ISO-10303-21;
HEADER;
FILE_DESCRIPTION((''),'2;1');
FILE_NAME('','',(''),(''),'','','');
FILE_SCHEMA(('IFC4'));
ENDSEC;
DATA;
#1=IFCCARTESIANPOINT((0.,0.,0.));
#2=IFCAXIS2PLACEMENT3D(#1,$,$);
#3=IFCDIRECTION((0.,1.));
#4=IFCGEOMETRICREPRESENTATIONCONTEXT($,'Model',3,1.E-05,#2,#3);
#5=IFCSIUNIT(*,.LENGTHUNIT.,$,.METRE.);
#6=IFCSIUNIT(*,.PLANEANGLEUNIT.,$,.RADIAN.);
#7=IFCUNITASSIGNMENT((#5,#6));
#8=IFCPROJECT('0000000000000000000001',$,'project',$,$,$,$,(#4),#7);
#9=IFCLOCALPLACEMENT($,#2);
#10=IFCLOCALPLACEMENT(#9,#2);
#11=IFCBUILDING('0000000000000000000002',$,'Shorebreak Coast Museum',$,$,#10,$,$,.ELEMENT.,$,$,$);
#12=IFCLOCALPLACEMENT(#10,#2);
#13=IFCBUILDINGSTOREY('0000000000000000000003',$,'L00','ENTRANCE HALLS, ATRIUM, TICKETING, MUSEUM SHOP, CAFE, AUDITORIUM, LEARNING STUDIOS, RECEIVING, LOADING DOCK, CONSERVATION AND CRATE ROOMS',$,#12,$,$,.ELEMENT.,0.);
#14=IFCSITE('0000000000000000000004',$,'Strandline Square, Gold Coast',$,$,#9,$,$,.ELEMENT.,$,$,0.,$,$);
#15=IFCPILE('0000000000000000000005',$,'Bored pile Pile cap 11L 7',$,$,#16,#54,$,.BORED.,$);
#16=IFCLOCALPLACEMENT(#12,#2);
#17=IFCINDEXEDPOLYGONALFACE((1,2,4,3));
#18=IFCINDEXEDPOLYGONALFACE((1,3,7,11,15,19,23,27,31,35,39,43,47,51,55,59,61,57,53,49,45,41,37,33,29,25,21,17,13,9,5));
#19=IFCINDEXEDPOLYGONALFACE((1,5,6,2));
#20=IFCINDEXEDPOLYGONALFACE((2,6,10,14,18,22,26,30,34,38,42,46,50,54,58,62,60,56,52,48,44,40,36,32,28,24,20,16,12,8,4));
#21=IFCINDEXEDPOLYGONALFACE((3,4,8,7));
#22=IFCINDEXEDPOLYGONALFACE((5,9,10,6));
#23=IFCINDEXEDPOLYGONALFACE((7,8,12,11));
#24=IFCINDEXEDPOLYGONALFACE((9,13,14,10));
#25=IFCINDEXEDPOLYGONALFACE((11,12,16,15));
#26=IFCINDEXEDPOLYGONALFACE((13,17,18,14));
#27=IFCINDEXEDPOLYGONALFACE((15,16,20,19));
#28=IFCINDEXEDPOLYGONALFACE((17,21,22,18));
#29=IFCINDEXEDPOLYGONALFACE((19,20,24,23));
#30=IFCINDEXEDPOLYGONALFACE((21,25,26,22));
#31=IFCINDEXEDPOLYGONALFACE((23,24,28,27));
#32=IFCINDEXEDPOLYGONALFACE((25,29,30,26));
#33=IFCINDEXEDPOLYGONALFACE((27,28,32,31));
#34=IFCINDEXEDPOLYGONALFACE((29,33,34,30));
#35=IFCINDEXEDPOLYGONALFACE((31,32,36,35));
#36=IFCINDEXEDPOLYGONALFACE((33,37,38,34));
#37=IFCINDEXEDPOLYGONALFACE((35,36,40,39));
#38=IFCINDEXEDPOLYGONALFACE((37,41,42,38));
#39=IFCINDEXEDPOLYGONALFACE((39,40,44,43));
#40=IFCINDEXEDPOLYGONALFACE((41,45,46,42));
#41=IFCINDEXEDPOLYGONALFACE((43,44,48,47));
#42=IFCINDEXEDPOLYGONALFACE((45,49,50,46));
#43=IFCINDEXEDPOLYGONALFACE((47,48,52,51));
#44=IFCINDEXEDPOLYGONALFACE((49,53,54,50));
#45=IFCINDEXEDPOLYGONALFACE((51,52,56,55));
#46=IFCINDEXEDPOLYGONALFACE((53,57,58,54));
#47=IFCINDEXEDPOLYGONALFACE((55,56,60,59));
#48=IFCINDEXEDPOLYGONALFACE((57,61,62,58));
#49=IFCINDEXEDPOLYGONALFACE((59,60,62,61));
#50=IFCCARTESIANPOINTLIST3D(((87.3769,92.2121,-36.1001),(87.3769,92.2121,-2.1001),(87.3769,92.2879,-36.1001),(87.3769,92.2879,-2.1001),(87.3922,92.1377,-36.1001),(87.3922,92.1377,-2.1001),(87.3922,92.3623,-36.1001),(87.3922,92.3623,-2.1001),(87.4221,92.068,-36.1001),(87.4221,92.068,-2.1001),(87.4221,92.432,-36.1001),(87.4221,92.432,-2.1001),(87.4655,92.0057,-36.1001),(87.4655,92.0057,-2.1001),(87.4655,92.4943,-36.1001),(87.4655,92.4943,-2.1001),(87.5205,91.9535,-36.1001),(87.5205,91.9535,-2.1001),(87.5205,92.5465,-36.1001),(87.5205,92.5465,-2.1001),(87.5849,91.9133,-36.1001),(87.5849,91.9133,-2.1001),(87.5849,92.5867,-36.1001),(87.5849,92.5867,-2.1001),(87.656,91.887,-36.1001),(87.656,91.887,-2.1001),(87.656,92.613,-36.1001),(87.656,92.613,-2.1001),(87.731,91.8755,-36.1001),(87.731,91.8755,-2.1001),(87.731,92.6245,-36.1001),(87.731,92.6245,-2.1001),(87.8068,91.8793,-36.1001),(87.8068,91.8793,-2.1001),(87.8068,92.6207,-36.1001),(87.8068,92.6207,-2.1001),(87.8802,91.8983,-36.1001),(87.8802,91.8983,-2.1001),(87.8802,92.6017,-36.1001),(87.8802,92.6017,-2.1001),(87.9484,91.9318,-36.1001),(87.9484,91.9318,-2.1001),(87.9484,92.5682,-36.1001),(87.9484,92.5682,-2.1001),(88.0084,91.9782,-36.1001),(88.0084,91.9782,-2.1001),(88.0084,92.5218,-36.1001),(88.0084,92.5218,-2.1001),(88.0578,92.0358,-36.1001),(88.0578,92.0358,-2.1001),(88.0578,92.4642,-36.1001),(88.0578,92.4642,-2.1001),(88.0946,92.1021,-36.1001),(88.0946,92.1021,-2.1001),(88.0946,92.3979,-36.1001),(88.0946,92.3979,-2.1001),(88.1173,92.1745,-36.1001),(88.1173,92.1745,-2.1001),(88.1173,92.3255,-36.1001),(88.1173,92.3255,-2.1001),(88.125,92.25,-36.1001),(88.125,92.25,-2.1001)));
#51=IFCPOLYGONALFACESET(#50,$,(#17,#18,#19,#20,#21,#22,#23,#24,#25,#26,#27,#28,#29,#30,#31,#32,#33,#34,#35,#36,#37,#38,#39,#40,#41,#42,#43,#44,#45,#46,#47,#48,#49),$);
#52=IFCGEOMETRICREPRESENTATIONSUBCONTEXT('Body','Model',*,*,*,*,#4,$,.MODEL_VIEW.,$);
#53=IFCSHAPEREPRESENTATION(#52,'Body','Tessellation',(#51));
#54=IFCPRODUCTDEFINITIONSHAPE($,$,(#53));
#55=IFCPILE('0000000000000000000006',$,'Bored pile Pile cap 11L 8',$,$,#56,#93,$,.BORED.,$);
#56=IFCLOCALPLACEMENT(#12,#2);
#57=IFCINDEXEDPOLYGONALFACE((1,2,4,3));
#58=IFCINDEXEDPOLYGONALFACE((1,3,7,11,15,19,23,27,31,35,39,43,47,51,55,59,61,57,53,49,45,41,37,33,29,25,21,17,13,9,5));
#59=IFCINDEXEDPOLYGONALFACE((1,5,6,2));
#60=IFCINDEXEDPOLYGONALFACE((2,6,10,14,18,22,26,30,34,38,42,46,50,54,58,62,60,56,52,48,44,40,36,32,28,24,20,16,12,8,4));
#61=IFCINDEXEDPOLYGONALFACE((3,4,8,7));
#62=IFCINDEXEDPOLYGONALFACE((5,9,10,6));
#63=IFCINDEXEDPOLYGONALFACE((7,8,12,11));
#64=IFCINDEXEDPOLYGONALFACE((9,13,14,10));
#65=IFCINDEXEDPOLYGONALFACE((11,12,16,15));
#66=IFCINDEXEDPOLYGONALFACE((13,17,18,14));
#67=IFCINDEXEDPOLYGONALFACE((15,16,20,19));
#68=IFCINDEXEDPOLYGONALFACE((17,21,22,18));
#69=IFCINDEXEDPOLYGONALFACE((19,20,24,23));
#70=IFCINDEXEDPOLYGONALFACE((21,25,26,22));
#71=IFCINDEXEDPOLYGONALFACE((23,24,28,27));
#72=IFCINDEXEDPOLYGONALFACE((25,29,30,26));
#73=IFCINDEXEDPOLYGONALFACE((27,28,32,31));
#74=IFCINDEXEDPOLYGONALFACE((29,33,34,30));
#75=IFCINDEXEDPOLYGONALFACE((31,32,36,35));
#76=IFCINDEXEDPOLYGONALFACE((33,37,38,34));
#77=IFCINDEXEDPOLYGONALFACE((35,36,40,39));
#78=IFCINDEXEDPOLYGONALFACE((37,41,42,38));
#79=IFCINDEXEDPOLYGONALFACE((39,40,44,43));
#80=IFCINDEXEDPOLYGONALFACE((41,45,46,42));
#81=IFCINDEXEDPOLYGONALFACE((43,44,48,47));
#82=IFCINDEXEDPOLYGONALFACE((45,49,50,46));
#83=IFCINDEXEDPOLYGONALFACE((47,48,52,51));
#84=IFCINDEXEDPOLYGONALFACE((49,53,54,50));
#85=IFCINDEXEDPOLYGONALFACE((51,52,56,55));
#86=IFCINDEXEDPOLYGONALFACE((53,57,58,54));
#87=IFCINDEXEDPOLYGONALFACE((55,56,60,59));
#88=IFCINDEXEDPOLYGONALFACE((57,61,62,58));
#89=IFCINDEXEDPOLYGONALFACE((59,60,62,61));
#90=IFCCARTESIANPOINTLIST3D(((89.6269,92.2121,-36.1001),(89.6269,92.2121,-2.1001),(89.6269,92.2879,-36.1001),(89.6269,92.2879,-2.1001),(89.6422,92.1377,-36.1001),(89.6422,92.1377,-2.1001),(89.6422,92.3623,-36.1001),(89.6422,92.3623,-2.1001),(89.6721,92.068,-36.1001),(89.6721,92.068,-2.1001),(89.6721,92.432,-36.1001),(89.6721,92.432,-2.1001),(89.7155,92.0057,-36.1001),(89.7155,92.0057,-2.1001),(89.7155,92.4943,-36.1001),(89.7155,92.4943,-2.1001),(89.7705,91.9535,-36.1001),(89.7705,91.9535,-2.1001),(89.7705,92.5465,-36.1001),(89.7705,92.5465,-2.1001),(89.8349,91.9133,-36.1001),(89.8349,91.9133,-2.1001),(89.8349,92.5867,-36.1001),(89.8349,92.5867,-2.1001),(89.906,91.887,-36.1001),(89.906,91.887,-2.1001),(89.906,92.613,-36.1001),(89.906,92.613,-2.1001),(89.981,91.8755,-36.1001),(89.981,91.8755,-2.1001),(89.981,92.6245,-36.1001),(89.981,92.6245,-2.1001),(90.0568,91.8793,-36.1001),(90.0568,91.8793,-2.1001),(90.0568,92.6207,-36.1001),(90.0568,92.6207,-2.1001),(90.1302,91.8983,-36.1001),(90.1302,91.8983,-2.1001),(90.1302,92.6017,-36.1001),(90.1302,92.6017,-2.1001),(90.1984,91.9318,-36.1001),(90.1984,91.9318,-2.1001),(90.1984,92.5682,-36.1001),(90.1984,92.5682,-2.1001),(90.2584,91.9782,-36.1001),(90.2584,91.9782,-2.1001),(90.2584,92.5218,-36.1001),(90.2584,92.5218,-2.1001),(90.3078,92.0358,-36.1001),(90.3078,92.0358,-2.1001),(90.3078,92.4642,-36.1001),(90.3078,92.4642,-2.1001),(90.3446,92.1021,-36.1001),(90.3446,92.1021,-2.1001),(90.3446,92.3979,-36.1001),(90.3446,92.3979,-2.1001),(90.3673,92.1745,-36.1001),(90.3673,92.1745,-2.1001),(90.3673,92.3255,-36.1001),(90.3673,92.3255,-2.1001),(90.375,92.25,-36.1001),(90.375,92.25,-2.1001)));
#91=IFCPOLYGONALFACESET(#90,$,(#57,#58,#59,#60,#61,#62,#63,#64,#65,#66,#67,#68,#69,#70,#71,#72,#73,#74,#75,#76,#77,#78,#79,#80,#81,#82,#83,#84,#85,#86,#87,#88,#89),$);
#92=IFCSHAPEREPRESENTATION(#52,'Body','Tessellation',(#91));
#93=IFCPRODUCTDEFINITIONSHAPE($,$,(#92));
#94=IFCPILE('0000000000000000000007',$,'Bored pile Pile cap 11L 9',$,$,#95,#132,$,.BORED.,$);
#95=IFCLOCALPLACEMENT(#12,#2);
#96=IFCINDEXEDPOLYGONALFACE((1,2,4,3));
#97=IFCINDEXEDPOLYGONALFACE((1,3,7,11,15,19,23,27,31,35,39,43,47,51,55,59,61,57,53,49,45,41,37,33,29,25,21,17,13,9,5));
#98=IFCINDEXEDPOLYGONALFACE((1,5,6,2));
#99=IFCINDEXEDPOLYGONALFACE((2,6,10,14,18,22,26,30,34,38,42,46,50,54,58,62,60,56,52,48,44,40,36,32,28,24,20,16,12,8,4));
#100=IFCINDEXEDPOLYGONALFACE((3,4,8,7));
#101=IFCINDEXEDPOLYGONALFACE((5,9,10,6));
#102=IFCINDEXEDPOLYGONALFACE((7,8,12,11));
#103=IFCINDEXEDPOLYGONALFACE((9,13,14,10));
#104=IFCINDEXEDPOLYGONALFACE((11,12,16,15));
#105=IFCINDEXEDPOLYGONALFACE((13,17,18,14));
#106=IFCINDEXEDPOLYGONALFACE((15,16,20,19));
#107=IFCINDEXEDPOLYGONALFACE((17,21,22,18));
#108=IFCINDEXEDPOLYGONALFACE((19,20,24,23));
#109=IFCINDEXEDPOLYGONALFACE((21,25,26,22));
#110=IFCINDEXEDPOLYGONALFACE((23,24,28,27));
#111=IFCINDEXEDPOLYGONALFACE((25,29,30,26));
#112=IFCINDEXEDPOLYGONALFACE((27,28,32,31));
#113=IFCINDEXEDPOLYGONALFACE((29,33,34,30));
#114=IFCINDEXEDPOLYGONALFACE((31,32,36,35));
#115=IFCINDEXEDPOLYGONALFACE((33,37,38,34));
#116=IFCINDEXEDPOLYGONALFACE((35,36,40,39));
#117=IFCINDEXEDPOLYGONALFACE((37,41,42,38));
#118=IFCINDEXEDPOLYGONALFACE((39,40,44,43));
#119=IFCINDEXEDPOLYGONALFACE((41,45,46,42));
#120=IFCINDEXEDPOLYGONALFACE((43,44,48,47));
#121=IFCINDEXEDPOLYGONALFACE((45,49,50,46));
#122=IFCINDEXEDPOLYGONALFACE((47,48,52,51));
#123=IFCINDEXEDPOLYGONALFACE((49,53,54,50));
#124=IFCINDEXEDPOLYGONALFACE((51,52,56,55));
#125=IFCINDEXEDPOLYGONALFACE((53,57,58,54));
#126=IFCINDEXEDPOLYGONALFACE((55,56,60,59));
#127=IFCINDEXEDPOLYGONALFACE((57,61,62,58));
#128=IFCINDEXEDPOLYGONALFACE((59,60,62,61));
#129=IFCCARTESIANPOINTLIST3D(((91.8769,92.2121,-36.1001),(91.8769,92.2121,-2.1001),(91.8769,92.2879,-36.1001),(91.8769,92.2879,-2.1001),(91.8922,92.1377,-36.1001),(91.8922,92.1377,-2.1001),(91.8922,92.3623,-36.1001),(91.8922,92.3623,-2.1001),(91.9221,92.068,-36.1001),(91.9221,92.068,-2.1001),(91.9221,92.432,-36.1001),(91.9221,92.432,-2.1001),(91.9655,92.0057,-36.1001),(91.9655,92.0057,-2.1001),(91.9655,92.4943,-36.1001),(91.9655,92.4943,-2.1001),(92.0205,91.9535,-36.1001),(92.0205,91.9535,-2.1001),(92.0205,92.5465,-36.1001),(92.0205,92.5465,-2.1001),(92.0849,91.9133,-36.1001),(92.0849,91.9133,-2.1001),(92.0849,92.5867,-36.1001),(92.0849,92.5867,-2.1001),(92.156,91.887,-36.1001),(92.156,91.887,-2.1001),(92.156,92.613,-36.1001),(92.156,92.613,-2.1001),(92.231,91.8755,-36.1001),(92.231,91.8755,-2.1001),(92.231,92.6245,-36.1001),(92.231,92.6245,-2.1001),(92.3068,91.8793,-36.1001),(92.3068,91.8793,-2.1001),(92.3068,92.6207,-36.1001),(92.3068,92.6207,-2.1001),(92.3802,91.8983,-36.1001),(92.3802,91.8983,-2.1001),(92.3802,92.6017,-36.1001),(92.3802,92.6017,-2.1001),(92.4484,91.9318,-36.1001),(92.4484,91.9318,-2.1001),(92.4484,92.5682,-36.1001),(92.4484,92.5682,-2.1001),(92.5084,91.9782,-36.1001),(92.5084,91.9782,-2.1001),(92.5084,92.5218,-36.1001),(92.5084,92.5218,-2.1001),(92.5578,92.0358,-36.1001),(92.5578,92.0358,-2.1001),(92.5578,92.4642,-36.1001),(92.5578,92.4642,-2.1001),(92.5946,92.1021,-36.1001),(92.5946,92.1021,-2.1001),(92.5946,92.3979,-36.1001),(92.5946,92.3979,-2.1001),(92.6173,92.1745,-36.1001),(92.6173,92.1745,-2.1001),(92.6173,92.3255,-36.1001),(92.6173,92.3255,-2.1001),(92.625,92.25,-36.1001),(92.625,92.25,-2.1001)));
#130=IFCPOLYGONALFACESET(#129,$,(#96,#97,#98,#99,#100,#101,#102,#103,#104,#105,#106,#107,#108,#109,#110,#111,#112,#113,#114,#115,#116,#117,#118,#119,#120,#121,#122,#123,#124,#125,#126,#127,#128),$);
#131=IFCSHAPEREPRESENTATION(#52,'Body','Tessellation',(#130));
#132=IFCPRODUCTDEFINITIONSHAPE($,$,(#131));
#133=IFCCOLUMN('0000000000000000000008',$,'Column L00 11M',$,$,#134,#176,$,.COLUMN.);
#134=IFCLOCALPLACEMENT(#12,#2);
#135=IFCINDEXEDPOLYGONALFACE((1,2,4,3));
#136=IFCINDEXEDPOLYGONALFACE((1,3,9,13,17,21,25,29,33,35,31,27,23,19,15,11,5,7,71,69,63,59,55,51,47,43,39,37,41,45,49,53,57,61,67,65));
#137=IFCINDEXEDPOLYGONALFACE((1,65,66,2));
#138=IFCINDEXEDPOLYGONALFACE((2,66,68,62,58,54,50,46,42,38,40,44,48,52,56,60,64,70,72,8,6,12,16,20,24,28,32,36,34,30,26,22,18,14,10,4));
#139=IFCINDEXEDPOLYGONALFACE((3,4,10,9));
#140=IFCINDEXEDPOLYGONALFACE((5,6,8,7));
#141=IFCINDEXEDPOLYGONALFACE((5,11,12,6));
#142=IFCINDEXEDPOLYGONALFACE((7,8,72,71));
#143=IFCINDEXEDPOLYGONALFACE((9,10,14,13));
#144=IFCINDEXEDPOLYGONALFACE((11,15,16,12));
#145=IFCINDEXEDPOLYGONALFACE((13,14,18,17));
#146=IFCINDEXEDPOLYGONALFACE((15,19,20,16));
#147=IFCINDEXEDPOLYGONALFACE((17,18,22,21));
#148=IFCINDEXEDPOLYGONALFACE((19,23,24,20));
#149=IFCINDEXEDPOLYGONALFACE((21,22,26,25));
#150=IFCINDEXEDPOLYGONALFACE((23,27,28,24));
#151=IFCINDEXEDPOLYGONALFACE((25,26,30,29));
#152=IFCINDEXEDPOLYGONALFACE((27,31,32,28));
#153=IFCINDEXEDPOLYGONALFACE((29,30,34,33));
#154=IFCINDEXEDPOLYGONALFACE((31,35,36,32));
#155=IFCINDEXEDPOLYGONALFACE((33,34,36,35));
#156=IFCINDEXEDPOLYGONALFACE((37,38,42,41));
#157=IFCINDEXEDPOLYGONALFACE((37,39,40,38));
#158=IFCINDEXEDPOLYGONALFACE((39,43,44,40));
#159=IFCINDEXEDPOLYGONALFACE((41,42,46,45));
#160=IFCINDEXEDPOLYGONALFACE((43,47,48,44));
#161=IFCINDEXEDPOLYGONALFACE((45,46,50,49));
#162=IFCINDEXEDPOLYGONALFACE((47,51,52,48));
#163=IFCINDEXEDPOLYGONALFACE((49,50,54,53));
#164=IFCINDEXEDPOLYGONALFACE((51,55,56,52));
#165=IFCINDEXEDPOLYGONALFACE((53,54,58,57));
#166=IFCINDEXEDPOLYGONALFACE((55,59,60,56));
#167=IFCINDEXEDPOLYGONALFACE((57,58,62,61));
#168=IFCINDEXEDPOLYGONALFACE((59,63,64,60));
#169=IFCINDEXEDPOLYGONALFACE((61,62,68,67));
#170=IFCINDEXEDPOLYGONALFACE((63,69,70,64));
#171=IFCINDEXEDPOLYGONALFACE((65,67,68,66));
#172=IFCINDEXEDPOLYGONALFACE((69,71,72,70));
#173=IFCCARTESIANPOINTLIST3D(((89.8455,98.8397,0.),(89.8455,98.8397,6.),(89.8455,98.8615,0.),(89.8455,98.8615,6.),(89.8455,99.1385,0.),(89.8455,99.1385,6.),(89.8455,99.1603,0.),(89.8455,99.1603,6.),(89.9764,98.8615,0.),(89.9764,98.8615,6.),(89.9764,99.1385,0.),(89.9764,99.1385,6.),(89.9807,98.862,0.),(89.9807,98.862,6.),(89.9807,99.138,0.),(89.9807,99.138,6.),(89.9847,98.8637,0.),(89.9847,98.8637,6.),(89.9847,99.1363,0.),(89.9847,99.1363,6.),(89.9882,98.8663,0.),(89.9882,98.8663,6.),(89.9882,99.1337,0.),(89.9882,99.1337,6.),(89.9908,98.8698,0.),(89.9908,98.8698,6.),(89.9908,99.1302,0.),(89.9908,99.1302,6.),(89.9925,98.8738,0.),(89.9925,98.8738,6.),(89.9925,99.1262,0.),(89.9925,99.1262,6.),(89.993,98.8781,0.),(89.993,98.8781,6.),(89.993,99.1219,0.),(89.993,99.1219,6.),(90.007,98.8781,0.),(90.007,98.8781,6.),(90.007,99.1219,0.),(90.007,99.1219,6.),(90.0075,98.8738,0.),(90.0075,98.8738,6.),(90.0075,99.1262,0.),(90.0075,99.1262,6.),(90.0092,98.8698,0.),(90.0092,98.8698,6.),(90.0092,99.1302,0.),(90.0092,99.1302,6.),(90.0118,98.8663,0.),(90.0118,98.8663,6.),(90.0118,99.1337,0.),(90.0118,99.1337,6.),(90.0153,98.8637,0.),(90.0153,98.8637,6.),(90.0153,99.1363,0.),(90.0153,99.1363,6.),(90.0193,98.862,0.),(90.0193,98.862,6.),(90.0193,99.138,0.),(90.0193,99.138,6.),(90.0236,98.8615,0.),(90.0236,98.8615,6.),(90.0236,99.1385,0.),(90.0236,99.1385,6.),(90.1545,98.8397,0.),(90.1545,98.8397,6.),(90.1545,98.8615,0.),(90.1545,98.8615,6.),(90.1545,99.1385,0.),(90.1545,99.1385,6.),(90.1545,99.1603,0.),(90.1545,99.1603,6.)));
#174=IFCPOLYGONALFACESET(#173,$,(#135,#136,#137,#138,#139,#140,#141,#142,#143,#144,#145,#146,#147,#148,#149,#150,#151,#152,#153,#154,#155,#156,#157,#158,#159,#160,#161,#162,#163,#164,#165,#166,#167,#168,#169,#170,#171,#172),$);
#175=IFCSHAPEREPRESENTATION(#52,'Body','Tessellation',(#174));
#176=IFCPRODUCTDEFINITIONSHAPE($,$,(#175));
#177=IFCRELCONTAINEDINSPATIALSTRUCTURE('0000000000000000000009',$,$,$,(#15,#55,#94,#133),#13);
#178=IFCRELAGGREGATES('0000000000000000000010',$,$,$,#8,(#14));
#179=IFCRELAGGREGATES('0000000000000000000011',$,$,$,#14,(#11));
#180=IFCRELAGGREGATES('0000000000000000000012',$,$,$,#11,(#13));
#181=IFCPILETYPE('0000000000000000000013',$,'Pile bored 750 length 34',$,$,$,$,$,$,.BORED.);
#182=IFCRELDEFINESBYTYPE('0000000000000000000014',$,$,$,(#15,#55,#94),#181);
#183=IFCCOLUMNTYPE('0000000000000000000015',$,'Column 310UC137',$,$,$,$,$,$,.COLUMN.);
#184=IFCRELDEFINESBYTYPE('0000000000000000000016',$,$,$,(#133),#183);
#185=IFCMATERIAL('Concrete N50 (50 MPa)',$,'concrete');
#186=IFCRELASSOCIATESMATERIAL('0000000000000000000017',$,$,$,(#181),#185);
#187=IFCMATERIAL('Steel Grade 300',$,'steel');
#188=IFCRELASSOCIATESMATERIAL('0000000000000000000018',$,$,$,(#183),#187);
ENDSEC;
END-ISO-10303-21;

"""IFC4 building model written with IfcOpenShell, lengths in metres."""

from ifc_helpers import new_model, si_unit, direction, frame, origin, origin_2d, place, context, subcontext, project, spatial, circle, i_section, extrude, material, material_profile, profile_set, type_object, element, save


model = new_model("IFC4")

# Units and contexts
model_context = context("Model", 3, precision=1e-05, world=origin(), true_north=direction((0.0, 1.0)))
body_context = subcontext(model_context, "Body", "Model", "MODEL_VIEW")
ifc_project = project(units=[si_unit("LENGTHUNIT", "METRE"), si_unit("PLANEANGLEUNIT", "RADIAN")], contexts=[model_context])

# Site, building, storey
site_placement = place(None, origin())
site = spatial("IfcSite", under=ifc_project, at=site_placement, Name="Strandline Square, Gold Coast", CompositionType="ELEMENT", RefElevation=0.0)
building_placement = place(site_placement, origin())
building = spatial("IfcBuilding", under=site, at=building_placement, Name="Shorebreak Coast Museum", CompositionType="ELEMENT")
storey_placement = place(building_placement, origin())
storey = spatial("IfcBuildingStorey", under=building, at=storey_placement, Name="L00", Description="ENTRANCE HALLS, ATRIUM, TICKETING, MUSEUM SHOP, CAFE, AUDITORIUM, LEARNING STUDIOS, RECEIVING, LOADING DOCK, CONSERVATION AND CRATE ROOMS", CompositionType="ELEMENT", Elevation=0.0)

# Piles
ifc_material_1 = material(Name="Concrete N50 (50 MPa)", Category="concrete")
ifc_material_profile_1 = material_profile(ifc_material_1, circle(Radius=0.375, at=origin_2d()), Name="Pile bored 750 length 34")
ifc_profile_set_1 = profile_set([ifc_material_profile_1], Name="Concrete N50 (50 MPa)")
pile_type_1 = type_object("IfcPileType", Name="Pile bored 750 length 34", PredefinedType="BORED", material=ifc_profile_set_1)
for number, where, z_axis, x_axis, name in (
    (1, (87.75, 92.25, -2.1001), (0.0, 0.0, -1.0), (1.0, 0.0, 0.0), "Bored pile Pile cap 11L 7"),
    (2, (90.0, 92.25, -2.1001), (0.0, 0.0, -1.0), (1.0, 0.0, 0.0), "Bored pile Pile cap 11L 8"),
    (3, (92.25, 92.25, -2.1001), (0.0, 0.0, -1.0), (1.0, 0.0, 0.0), "Bored pile Pile cap 11L 9"),
):
    element("IfcPile", number, at=place(storey_placement, frame(where, z_axis=z_axis, x_axis=x_axis)), inside=storey, type_object=pile_type_1, Name=name, PredefinedType="BORED", context=body_context, shape_type="SweptSolid", body=[
        extrude(circle(Radius=0.375, at=origin_2d()), origin(), (0.0, 0.0, 1.0), 34.0),
    ])

# Column
ifc_material_2 = material(Name="Steel Grade 300", Category="steel")
ifc_material_profile_2 = material_profile(ifc_material_2, i_section(OverallWidth=0.3091, OverallDepth=0.3206, WebThickness=0.0139, FlangeThickness=0.0217, FilletRadius=0.0166, at=origin_2d()), Name="310UC137")
ifc_profile_set_2 = profile_set([ifc_material_profile_2], Name="Steel Grade 300")
column_type = type_object("IfcColumnType", Name="Column 310UC137", PredefinedType="COLUMN", material=ifc_profile_set_2)
for number, where, z_axis, x_axis, name in (
    (4, (90.0, 99.0, 0.0), (0.0, 0.0, 1.0), (1.0, 0.0, 0.0), "Column L00 11M"),
):
    element("IfcColumn", number, at=place(storey_placement, frame(where, z_axis=z_axis, x_axis=x_axis)), inside=storey, type_object=column_type, Name=name, PredefinedType="COLUMN", context=body_context, shape_type="SweptSolid", body=[
        extrude(i_section(OverallWidth=0.3091, OverallDepth=0.3206, WebThickness=0.0139, FlangeThickness=0.0217, FilletRadius=0.0166, at=origin_2d()), origin(), (0.0, 0.0, 1.0), 6.0),
    ])

save(model, "model.ifc")
